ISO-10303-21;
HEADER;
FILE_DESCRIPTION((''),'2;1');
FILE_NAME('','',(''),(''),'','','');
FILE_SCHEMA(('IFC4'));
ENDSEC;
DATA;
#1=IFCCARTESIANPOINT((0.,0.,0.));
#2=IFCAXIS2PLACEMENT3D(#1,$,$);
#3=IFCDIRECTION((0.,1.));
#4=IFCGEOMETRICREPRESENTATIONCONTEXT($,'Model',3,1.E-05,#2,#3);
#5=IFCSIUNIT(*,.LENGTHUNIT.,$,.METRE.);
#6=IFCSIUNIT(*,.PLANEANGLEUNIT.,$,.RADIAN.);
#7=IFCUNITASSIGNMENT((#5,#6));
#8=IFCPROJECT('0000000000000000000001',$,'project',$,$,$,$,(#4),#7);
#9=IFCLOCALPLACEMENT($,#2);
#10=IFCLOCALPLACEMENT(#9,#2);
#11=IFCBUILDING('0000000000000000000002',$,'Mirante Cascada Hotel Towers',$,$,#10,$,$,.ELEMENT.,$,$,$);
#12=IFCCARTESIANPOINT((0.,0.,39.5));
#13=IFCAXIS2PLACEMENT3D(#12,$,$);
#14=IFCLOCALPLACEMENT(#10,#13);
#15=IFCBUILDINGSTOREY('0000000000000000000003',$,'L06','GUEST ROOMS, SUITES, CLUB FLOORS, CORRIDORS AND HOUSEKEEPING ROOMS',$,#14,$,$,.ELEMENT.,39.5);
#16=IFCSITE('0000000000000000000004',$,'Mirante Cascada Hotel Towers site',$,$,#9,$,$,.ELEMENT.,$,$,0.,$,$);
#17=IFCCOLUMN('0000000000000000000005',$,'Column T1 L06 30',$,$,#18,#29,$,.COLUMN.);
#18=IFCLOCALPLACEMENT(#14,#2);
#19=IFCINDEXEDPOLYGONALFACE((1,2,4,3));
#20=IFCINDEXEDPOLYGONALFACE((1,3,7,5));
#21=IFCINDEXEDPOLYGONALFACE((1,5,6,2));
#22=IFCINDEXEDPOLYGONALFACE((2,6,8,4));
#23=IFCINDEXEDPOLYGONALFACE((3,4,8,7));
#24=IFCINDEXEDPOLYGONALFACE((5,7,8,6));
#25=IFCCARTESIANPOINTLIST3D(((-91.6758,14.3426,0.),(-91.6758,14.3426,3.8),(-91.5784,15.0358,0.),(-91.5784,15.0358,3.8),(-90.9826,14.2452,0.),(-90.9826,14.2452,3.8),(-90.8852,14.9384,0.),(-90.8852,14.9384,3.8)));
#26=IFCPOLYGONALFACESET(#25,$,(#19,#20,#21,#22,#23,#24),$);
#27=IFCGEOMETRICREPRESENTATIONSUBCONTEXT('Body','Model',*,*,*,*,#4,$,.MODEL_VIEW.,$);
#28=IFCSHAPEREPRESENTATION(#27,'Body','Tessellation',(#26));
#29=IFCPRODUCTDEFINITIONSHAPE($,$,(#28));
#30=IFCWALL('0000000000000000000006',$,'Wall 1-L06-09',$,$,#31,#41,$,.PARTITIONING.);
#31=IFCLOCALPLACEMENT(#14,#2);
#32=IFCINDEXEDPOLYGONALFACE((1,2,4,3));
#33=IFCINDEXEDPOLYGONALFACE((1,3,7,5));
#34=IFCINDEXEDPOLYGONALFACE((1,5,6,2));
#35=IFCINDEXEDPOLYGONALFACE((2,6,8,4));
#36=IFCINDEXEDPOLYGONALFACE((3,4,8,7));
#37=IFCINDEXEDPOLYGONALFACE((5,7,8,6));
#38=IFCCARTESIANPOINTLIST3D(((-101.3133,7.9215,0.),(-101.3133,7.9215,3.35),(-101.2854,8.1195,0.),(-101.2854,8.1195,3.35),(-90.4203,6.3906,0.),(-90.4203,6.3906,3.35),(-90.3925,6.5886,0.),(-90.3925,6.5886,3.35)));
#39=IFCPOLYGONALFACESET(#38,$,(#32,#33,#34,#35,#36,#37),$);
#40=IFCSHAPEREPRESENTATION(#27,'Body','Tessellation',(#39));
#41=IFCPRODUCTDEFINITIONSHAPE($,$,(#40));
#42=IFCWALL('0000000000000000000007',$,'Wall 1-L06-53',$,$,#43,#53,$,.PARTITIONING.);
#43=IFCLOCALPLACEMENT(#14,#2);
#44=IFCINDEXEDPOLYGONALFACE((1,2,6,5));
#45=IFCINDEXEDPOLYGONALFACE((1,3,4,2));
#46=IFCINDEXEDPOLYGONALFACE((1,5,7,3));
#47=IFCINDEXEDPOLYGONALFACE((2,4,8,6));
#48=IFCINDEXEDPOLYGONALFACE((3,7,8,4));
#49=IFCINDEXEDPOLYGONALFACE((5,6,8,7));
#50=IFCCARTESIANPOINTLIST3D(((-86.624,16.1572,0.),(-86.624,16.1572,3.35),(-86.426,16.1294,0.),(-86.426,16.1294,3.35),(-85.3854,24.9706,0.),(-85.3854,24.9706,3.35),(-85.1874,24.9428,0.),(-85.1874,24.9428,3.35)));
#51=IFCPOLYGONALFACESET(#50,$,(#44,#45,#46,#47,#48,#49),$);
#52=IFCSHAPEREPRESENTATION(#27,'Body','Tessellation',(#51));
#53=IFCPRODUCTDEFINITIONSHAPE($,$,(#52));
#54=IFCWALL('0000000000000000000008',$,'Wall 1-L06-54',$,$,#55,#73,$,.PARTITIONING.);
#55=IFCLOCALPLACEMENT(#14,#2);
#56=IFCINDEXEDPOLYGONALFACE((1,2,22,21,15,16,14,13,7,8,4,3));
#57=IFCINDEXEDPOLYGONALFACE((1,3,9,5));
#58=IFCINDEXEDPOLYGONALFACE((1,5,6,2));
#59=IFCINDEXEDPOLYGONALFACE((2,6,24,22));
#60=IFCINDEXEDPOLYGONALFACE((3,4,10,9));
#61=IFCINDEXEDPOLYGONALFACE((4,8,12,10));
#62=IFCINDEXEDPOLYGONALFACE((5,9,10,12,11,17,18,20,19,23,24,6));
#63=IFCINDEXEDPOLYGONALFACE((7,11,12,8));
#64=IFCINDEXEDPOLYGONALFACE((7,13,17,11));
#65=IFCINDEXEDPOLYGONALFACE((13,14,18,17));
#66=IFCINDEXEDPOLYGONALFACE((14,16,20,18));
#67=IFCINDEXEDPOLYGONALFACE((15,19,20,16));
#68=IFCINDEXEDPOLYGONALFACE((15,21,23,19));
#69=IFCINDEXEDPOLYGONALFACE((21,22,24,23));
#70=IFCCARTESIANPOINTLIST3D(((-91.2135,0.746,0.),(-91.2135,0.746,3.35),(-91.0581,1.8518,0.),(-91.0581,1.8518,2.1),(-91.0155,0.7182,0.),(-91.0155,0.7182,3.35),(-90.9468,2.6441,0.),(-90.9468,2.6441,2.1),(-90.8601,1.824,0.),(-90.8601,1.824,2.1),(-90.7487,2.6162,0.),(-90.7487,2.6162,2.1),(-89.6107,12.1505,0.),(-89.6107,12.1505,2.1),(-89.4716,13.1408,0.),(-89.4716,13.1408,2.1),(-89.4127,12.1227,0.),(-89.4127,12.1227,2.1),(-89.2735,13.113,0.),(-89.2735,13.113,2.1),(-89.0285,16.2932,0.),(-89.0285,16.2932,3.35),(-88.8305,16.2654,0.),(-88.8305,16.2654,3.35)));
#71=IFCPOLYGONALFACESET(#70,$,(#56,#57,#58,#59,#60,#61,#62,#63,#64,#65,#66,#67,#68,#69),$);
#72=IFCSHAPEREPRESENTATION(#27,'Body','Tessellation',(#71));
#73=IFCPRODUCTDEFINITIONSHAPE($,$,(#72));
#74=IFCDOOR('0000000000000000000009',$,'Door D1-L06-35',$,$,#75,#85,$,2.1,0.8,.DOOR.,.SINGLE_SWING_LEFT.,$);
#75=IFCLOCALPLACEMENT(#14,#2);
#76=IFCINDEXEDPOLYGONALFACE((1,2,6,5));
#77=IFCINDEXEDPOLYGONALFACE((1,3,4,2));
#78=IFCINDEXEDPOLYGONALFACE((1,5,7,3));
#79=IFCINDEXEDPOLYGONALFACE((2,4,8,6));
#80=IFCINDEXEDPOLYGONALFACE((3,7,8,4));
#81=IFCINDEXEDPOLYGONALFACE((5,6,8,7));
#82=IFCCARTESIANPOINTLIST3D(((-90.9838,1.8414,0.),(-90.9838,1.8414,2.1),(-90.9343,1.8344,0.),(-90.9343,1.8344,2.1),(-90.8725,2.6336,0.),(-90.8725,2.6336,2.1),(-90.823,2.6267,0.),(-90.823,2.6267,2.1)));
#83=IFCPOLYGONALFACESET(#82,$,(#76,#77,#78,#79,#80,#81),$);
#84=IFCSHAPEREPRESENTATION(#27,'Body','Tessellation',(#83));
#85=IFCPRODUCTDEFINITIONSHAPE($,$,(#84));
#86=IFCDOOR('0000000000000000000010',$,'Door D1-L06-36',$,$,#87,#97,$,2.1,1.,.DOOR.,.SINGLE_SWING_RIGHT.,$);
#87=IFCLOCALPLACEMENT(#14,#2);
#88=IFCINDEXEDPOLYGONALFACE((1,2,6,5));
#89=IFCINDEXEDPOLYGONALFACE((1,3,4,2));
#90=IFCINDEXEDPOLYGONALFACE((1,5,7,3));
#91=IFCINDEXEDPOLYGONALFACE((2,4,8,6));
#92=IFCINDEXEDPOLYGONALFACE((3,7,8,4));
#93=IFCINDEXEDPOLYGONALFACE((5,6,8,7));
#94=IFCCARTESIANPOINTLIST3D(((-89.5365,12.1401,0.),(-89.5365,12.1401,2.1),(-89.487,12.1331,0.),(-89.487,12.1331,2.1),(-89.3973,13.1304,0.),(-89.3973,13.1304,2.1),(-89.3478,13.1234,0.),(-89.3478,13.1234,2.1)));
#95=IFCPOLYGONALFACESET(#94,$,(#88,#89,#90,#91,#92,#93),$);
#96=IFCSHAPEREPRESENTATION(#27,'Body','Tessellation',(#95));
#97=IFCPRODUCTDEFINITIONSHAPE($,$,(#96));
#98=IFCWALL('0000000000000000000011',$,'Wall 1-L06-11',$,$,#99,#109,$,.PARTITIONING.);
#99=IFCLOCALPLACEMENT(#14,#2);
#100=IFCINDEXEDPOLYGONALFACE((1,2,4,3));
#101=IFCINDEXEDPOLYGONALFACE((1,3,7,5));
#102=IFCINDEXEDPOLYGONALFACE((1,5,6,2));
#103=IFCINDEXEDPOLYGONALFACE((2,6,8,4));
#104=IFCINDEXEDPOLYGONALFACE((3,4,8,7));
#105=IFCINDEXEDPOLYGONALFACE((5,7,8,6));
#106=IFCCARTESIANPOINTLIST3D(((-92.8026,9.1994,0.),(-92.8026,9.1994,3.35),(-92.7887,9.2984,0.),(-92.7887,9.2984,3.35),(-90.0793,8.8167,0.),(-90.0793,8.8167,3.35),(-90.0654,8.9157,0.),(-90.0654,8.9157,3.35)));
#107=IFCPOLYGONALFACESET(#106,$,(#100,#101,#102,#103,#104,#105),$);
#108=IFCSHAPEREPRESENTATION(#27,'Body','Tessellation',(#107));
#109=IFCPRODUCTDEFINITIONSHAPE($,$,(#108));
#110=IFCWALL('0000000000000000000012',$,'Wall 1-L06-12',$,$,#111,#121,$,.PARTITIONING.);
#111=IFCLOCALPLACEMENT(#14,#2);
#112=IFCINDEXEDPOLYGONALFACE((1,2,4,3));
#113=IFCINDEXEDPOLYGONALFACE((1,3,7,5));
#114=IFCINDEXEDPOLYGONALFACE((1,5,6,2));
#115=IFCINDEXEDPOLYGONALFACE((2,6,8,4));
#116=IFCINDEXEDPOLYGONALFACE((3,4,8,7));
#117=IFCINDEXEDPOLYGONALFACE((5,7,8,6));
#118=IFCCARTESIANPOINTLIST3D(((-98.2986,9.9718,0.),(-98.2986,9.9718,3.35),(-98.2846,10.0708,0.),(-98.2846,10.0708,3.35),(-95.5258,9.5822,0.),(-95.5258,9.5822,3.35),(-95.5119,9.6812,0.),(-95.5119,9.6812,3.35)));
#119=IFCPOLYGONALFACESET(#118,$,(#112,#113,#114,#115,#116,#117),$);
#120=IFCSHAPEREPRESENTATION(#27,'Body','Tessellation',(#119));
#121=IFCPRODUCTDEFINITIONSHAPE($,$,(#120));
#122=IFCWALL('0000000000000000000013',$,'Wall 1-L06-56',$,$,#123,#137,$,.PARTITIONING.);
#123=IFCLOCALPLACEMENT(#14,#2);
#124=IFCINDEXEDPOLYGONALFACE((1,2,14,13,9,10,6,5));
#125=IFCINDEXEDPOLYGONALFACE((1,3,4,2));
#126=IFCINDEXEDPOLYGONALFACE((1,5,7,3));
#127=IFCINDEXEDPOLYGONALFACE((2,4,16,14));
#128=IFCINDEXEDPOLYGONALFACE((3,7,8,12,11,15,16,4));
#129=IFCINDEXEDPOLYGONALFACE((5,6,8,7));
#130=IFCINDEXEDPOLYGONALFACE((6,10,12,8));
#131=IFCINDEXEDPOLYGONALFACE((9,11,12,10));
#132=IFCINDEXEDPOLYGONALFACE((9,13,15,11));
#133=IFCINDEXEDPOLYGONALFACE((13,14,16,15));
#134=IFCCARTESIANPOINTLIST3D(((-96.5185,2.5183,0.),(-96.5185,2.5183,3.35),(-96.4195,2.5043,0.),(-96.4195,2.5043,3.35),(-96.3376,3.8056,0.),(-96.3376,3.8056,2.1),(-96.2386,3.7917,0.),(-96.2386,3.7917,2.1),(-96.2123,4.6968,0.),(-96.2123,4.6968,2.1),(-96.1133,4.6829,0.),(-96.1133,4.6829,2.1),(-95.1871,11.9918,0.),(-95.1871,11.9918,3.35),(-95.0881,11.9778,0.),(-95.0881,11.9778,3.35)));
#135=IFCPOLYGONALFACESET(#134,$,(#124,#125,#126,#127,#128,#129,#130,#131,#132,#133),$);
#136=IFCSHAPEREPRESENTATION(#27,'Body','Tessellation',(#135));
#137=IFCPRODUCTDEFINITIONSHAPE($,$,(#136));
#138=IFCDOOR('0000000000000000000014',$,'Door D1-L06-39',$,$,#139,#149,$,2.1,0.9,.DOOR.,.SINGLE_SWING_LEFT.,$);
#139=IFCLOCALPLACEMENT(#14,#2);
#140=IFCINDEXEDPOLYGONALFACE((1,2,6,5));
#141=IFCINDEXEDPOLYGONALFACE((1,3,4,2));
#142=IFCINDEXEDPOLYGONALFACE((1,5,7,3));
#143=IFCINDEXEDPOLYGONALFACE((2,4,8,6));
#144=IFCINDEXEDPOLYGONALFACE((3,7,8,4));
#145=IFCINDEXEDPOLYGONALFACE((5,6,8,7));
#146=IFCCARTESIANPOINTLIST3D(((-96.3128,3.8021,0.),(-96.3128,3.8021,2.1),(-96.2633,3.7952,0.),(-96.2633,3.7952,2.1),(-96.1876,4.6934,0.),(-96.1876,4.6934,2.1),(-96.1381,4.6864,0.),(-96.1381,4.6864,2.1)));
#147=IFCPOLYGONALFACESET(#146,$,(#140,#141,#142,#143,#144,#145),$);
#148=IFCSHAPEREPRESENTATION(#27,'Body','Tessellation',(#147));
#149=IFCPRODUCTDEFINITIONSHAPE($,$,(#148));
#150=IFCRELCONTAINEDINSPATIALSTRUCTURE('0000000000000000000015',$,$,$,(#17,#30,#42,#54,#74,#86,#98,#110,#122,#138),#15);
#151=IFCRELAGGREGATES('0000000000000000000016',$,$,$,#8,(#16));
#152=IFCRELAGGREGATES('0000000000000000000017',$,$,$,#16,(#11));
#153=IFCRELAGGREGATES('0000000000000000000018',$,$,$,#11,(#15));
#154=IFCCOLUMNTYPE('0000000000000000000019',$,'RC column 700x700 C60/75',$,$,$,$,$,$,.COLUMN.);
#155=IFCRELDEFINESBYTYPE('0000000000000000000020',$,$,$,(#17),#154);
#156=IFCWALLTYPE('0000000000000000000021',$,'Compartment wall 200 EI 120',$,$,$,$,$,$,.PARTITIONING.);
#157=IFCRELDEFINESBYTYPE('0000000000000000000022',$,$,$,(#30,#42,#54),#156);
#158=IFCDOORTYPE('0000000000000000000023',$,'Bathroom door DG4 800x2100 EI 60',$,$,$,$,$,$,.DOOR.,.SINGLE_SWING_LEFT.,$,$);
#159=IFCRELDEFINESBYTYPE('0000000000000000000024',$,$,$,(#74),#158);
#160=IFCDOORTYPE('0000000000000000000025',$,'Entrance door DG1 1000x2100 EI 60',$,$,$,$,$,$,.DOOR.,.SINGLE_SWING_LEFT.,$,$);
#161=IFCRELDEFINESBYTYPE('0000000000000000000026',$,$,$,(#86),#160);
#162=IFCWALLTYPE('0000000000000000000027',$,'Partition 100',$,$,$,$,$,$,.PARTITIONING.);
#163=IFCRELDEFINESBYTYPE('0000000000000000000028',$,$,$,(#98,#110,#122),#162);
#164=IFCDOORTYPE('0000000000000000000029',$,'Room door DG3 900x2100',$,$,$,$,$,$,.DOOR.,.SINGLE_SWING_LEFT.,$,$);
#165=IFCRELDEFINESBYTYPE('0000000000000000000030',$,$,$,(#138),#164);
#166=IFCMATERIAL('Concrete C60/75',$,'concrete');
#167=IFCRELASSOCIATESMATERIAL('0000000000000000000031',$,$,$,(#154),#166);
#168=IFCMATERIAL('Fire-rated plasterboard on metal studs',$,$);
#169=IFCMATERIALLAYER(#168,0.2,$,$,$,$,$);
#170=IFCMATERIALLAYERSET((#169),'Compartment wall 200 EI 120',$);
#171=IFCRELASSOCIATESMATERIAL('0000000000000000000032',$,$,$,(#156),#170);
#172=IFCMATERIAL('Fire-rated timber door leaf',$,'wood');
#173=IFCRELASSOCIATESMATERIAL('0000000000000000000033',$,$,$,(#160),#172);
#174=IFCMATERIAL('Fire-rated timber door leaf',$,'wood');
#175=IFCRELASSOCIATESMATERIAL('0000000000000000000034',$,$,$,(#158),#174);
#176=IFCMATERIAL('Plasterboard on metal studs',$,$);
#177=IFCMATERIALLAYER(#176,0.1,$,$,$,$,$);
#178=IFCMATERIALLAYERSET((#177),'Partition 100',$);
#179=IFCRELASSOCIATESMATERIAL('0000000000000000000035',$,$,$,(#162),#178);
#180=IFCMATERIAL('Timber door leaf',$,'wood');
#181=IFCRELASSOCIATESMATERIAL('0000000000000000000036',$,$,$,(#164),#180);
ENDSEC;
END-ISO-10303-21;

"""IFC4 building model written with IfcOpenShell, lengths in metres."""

from ifc_helpers import new_model, si_unit, direction, frame, frame_2d, origin, origin_2d, place, context, subcontext, project, spatial, rectangle, extrude, material, layer, layer_set, material_profile, profile_set, type_object, element, fill, save


model = new_model("IFC4")

# Units and contexts
model_context = context("Model", 3, precision=1e-05, world=origin(), true_north=direction((0.0, 1.0)))
body_context = subcontext(model_context, "Body", "Model", "MODEL_VIEW")
ifc_project = project(units=[si_unit("LENGTHUNIT", "METRE"), si_unit("PLANEANGLEUNIT", "RADIAN")], contexts=[model_context])

# Site, building, storey
site_placement = place(None, origin())
site = spatial("IfcSite", under=ifc_project, at=site_placement, Name="Mirante Cascada Hotel Towers site", CompositionType="ELEMENT", RefElevation=0.0)
building_placement = place(site_placement, origin())
building = spatial("IfcBuilding", under=site, at=building_placement, Name="Mirante Cascada Hotel Towers", CompositionType="ELEMENT")
storey_placement = place(building_placement, frame((0.0, 0.0, 39.5)))
storey = spatial("IfcBuildingStorey", under=building, at=storey_placement, Name="L06", Description="GUEST ROOMS, SUITES, CLUB FLOORS, CORRIDORS AND HOUSEKEEPING ROOMS", CompositionType="ELEMENT", Elevation=39.5)

# Column
ifc_material_1 = material(Name="Concrete C60/75", Category="concrete")
ifc_material_profile = material_profile(ifc_material_1, rectangle(XDim=0.7, YDim=0.7, at=origin_2d()), Name="RC column 700x700 C60/75")
ifc_profile_set = profile_set([ifc_material_profile], Name="Concrete C60/75")
column_type = type_object("IfcColumnType", Name="RC column 700x700 C60/75", PredefinedType="COLUMN", material=ifc_profile_set)
column_placement = place(storey_placement, frame((-91.2805, 14.6405, 0.0), z_axis=(0.0, 0.0, 1.0), x_axis=(-0.990268, 0.139173, 0.0)))
element("IfcColumn", 1, at=column_placement, inside=storey, type_object=column_type, Name="Column T1 L06 30", PredefinedType="COLUMN", context=body_context, shape_type="SweptSolid", body=[
    extrude(rectangle(XDim=0.7, YDim=0.7, at=origin_2d()), origin(), (0.0, 0.0, 1.0), 3.8),
])

# Wall
ifc_material_2 = material(Name="Fire-rated plasterboard on metal studs")
ifc_layer_1 = layer(ifc_material_2, 0.2)
ifc_layer_set_1 = layer_set([ifc_layer_1], Name="Compartment wall 200 EI 120")
wall_type_1 = type_object("IfcWallType", Name="Compartment wall 200 EI 120", PredefinedType="PARTITIONING", material=ifc_layer_set_1)
wall_1_placement = place(storey_placement, frame((-90.4064, 6.4896, 0.0), z_axis=(0.0, 0.0, 1.0), x_axis=(-0.990268, 0.139173, 0.0)))
element("IfcWall", 2, at=wall_1_placement, inside=storey, type_object=wall_type_1, Name="Wall 1-L06-09", PredefinedType="PARTITIONING", context=body_context, shape_type="SweptSolid", body=[
    extrude(rectangle(XDim=11.0, YDim=0.2, at=frame_2d((5.5, 0.0))), origin(), (0.0, 0.0, 1.0), 3.35),
])

# Shared definitions
ifc_material_3 = material(Name="Fire-rated timber door leaf", Category="wood")
door_type_1 = type_object("IfcDoorType", Name="Entrance door DG1 1000x2100 EI 60", OperationType="SINGLE_SWING_LEFT", PredefinedType="DOOR", material=ifc_material_3)

# Wall
wall_2_placement = place(storey_placement, frame((-86.525, 16.1433, 0.0), z_axis=(0.0, 0.0, 1.0), x_axis=(0.139168, 0.990269, 0.0)))
element("IfcWall", 3, at=wall_2_placement, inside=storey, type_object=wall_type_1, Name="Wall 1-L06-53", PredefinedType="PARTITIONING", context=body_context, shape_type="SweptSolid", body=[
    extrude(rectangle(XDim=8.9, YDim=0.2, at=frame_2d((4.45, 0.0))), origin(), (0.0, 0.0, 1.0), 3.35),
])

# Wall, openings, doors
wall_3_placement = place(storey_placement, frame((-88.9295, 16.2793, 0.0), z_axis=(0.0, 0.0, 1.0), x_axis=(-0.139172, -0.990268, 0.0)))
wall_3 = element("IfcWall", 4, at=wall_3_placement, inside=storey, type_object=wall_type_1, Name="Wall 1-L06-54", PredefinedType="PARTITIONING", context=body_context, shape_type="SweptSolid", body=[
    extrude(rectangle(XDim=15.7, YDim=0.2, at=frame_2d((7.85, 0.0))), origin(), (0.0, 0.0, 1.0), 3.35),
])
opening_1_placement = place(wall_3_placement, frame((13.7833, 0.0, 0.0)))
opening_1 = element("IfcOpeningElement", 5, at=opening_1_placement, cuts=wall_3, PredefinedType="OPENING", context=body_context, shape_type="SweptSolid", body=[
    extrude(rectangle(XDim=0.8, YDim=2.1, at=frame_2d((0.4, 1.05))), frame((0.0, 0.1, 0.0), z_axis=(0.0, -1.0, 0.0), x_axis=(1.0, 0.0, 0.0)), (0.0, 0.0, 1.0), 0.2),
])
opening_2_placement = place(wall_3_placement, frame((3.1834, 0.0, 0.0)))
opening_2 = element("IfcOpeningElement", 6, at=opening_2_placement, cuts=wall_3, PredefinedType="OPENING", context=body_context, shape_type="SweptSolid", body=[
    extrude(rectangle(XDim=1.0, YDim=2.1, at=frame_2d((0.5, 1.05))), frame((0.0, 0.1, 0.0), z_axis=(0.0, -1.0, 0.0), x_axis=(1.0, 0.0, 0.0)), (0.0, 0.0, 1.0), 0.2),
])
ifc_material_4 = material(Name="Fire-rated timber door leaf", Category="wood")
door_type_2 = type_object("IfcDoorType", Name="Bathroom door DG4 800x2100 EI 60", OperationType="SINGLE_SWING_LEFT", PredefinedType="DOOR", material=ifc_material_4)
door_1_placement = place(opening_1_placement, origin())
door_1 = element("IfcDoor", 7, at=door_1_placement, inside=storey, type_object=door_type_2, Name="Door D1-L06-35", OperationType="SINGLE_SWING_LEFT", OverallHeight=2.1, OverallWidth=0.8, PredefinedType="DOOR", context=body_context, shape_type="SweptSolid", body=[
    extrude(rectangle(XDim=0.8, YDim=2.1, at=frame_2d((0.4, 1.05))), frame((0.0, 0.025, 0.0), z_axis=(0.0, -1.0, 0.0), x_axis=(1.0, 0.0, 0.0)), (0.0, 0.0, 1.0), 0.05),
])
fill(opening_1, door_1)
door_2_placement = place(opening_2_placement, frame((1.0, 0.0, 0.0), z_axis=(0.0, 0.0, 1.0), x_axis=(-1.0, 0.0, 0.0)))
door_2 = element("IfcDoor", 8, at=door_2_placement, inside=storey, type_object=door_type_1, Name="Door D1-L06-36", OperationType="SINGLE_SWING_RIGHT", OverallHeight=2.1, OverallWidth=1.0, PredefinedType="DOOR", context=body_context, shape_type="SweptSolid", body=[
    extrude(rectangle(XDim=1.0, YDim=2.1, at=frame_2d((0.5, 1.05))), frame((0.0, 0.025, 0.0), z_axis=(0.0, -1.0, 0.0), x_axis=(1.0, 0.0, 0.0)), (0.0, 0.0, 1.0), 0.05),
])
fill(opening_2, door_2)

# Walls
ifc_material_5 = material(Name="Plasterboard on metal studs")
ifc_layer_2 = layer(ifc_material_5, 0.1)
ifc_layer_set_2 = layer_set([ifc_layer_2], Name="Partition 100")
wall_type_2 = type_object("IfcWallType", Name="Partition 100", PredefinedType="PARTITIONING", material=ifc_layer_set_2)
wall_4_placement = place(storey_placement, frame((-90.0723, 8.8662, 0.0), z_axis=(0.0, 0.0, 1.0), x_axis=(-0.99027, 0.139161, 0.0)))
element("IfcWall", 9, at=wall_4_placement, inside=storey, type_object=wall_type_2, Name="Wall 1-L06-11", PredefinedType="PARTITIONING", context=body_context, shape_type="SweptSolid", body=[
    extrude(rectangle(XDim=2.7501, YDim=0.1, at=frame_2d((1.3751, 0.0))), origin(), (0.0, 0.0, 1.0), 3.35),
])
wall_5_placement = place(storey_placement, frame((-98.2916, 10.0213, 0.0), z_axis=(0.0, 0.0, 1.0), x_axis=(0.990273, -0.139141, 0.0)))
element("IfcWall", 10, at=wall_5_placement, inside=storey, type_object=wall_type_2, Name="Wall 1-L06-12", PredefinedType="PARTITIONING", context=body_context, shape_type="SweptSolid", body=[
    extrude(rectangle(XDim=2.8, YDim=0.1, at=frame_2d((1.4, 0.0))), origin(), (0.0, 0.0, 1.0), 3.35),
])

# Wall, opening, door
wall_6_placement = place(storey_placement, frame((-95.1376, 11.9848, 0.0), z_axis=(0.0, 0.0, 1.0), x_axis=(-0.139172, -0.990268, 0.0)))
wall_6 = element("IfcWall", 11, at=wall_6_placement, inside=storey, type_object=wall_type_2, Name="Wall 1-L06-56", PredefinedType="PARTITIONING", context=body_context, shape_type="SweptSolid", body=[
    extrude(rectangle(XDim=9.5666, YDim=0.1, at=frame_2d((4.7833, 0.0))), origin(), (0.0, 0.0, 1.0), 3.35),
])
opening_3_placement = place(wall_6_placement, frame((7.3666, 0.0, 0.0)))
opening_3 = element("IfcOpeningElement", 12, at=opening_3_placement, cuts=wall_6, PredefinedType="OPENING", context=body_context, shape_type="SweptSolid", body=[
    extrude(rectangle(XDim=0.9, YDim=2.1, at=frame_2d((0.45, 1.05))), frame((0.0, 0.05, 0.0), z_axis=(0.0, -1.0, 0.0), x_axis=(1.0, 0.0, 0.0)), (0.0, 0.0, 1.0), 0.1),
])
ifc_material_6 = material(Name="Timber door leaf", Category="wood")
door_type_3 = type_object("IfcDoorType", Name="Room door DG3 900x2100", OperationType="SINGLE_SWING_LEFT", PredefinedType="DOOR", material=ifc_material_6)
door_3_placement = place(opening_3_placement, origin())
door_3 = element("IfcDoor", 13, at=door_3_placement, inside=storey, type_object=door_type_3, Name="Door D1-L06-39", OperationType="SINGLE_SWING_LEFT", OverallHeight=2.1, OverallWidth=0.9, PredefinedType="DOOR", context=body_context, shape_type="SweptSolid", body=[
    extrude(rectangle(XDim=0.9, YDim=2.1, at=frame_2d((0.45, 1.05))), frame((0.0, 0.025, 0.0), z_axis=(0.0, -1.0, 0.0), x_axis=(1.0, 0.0, 0.0)), (0.0, 0.0, 1.0), 0.05),
])
fill(opening_3, door_3)

save(model, "model.ifc")
